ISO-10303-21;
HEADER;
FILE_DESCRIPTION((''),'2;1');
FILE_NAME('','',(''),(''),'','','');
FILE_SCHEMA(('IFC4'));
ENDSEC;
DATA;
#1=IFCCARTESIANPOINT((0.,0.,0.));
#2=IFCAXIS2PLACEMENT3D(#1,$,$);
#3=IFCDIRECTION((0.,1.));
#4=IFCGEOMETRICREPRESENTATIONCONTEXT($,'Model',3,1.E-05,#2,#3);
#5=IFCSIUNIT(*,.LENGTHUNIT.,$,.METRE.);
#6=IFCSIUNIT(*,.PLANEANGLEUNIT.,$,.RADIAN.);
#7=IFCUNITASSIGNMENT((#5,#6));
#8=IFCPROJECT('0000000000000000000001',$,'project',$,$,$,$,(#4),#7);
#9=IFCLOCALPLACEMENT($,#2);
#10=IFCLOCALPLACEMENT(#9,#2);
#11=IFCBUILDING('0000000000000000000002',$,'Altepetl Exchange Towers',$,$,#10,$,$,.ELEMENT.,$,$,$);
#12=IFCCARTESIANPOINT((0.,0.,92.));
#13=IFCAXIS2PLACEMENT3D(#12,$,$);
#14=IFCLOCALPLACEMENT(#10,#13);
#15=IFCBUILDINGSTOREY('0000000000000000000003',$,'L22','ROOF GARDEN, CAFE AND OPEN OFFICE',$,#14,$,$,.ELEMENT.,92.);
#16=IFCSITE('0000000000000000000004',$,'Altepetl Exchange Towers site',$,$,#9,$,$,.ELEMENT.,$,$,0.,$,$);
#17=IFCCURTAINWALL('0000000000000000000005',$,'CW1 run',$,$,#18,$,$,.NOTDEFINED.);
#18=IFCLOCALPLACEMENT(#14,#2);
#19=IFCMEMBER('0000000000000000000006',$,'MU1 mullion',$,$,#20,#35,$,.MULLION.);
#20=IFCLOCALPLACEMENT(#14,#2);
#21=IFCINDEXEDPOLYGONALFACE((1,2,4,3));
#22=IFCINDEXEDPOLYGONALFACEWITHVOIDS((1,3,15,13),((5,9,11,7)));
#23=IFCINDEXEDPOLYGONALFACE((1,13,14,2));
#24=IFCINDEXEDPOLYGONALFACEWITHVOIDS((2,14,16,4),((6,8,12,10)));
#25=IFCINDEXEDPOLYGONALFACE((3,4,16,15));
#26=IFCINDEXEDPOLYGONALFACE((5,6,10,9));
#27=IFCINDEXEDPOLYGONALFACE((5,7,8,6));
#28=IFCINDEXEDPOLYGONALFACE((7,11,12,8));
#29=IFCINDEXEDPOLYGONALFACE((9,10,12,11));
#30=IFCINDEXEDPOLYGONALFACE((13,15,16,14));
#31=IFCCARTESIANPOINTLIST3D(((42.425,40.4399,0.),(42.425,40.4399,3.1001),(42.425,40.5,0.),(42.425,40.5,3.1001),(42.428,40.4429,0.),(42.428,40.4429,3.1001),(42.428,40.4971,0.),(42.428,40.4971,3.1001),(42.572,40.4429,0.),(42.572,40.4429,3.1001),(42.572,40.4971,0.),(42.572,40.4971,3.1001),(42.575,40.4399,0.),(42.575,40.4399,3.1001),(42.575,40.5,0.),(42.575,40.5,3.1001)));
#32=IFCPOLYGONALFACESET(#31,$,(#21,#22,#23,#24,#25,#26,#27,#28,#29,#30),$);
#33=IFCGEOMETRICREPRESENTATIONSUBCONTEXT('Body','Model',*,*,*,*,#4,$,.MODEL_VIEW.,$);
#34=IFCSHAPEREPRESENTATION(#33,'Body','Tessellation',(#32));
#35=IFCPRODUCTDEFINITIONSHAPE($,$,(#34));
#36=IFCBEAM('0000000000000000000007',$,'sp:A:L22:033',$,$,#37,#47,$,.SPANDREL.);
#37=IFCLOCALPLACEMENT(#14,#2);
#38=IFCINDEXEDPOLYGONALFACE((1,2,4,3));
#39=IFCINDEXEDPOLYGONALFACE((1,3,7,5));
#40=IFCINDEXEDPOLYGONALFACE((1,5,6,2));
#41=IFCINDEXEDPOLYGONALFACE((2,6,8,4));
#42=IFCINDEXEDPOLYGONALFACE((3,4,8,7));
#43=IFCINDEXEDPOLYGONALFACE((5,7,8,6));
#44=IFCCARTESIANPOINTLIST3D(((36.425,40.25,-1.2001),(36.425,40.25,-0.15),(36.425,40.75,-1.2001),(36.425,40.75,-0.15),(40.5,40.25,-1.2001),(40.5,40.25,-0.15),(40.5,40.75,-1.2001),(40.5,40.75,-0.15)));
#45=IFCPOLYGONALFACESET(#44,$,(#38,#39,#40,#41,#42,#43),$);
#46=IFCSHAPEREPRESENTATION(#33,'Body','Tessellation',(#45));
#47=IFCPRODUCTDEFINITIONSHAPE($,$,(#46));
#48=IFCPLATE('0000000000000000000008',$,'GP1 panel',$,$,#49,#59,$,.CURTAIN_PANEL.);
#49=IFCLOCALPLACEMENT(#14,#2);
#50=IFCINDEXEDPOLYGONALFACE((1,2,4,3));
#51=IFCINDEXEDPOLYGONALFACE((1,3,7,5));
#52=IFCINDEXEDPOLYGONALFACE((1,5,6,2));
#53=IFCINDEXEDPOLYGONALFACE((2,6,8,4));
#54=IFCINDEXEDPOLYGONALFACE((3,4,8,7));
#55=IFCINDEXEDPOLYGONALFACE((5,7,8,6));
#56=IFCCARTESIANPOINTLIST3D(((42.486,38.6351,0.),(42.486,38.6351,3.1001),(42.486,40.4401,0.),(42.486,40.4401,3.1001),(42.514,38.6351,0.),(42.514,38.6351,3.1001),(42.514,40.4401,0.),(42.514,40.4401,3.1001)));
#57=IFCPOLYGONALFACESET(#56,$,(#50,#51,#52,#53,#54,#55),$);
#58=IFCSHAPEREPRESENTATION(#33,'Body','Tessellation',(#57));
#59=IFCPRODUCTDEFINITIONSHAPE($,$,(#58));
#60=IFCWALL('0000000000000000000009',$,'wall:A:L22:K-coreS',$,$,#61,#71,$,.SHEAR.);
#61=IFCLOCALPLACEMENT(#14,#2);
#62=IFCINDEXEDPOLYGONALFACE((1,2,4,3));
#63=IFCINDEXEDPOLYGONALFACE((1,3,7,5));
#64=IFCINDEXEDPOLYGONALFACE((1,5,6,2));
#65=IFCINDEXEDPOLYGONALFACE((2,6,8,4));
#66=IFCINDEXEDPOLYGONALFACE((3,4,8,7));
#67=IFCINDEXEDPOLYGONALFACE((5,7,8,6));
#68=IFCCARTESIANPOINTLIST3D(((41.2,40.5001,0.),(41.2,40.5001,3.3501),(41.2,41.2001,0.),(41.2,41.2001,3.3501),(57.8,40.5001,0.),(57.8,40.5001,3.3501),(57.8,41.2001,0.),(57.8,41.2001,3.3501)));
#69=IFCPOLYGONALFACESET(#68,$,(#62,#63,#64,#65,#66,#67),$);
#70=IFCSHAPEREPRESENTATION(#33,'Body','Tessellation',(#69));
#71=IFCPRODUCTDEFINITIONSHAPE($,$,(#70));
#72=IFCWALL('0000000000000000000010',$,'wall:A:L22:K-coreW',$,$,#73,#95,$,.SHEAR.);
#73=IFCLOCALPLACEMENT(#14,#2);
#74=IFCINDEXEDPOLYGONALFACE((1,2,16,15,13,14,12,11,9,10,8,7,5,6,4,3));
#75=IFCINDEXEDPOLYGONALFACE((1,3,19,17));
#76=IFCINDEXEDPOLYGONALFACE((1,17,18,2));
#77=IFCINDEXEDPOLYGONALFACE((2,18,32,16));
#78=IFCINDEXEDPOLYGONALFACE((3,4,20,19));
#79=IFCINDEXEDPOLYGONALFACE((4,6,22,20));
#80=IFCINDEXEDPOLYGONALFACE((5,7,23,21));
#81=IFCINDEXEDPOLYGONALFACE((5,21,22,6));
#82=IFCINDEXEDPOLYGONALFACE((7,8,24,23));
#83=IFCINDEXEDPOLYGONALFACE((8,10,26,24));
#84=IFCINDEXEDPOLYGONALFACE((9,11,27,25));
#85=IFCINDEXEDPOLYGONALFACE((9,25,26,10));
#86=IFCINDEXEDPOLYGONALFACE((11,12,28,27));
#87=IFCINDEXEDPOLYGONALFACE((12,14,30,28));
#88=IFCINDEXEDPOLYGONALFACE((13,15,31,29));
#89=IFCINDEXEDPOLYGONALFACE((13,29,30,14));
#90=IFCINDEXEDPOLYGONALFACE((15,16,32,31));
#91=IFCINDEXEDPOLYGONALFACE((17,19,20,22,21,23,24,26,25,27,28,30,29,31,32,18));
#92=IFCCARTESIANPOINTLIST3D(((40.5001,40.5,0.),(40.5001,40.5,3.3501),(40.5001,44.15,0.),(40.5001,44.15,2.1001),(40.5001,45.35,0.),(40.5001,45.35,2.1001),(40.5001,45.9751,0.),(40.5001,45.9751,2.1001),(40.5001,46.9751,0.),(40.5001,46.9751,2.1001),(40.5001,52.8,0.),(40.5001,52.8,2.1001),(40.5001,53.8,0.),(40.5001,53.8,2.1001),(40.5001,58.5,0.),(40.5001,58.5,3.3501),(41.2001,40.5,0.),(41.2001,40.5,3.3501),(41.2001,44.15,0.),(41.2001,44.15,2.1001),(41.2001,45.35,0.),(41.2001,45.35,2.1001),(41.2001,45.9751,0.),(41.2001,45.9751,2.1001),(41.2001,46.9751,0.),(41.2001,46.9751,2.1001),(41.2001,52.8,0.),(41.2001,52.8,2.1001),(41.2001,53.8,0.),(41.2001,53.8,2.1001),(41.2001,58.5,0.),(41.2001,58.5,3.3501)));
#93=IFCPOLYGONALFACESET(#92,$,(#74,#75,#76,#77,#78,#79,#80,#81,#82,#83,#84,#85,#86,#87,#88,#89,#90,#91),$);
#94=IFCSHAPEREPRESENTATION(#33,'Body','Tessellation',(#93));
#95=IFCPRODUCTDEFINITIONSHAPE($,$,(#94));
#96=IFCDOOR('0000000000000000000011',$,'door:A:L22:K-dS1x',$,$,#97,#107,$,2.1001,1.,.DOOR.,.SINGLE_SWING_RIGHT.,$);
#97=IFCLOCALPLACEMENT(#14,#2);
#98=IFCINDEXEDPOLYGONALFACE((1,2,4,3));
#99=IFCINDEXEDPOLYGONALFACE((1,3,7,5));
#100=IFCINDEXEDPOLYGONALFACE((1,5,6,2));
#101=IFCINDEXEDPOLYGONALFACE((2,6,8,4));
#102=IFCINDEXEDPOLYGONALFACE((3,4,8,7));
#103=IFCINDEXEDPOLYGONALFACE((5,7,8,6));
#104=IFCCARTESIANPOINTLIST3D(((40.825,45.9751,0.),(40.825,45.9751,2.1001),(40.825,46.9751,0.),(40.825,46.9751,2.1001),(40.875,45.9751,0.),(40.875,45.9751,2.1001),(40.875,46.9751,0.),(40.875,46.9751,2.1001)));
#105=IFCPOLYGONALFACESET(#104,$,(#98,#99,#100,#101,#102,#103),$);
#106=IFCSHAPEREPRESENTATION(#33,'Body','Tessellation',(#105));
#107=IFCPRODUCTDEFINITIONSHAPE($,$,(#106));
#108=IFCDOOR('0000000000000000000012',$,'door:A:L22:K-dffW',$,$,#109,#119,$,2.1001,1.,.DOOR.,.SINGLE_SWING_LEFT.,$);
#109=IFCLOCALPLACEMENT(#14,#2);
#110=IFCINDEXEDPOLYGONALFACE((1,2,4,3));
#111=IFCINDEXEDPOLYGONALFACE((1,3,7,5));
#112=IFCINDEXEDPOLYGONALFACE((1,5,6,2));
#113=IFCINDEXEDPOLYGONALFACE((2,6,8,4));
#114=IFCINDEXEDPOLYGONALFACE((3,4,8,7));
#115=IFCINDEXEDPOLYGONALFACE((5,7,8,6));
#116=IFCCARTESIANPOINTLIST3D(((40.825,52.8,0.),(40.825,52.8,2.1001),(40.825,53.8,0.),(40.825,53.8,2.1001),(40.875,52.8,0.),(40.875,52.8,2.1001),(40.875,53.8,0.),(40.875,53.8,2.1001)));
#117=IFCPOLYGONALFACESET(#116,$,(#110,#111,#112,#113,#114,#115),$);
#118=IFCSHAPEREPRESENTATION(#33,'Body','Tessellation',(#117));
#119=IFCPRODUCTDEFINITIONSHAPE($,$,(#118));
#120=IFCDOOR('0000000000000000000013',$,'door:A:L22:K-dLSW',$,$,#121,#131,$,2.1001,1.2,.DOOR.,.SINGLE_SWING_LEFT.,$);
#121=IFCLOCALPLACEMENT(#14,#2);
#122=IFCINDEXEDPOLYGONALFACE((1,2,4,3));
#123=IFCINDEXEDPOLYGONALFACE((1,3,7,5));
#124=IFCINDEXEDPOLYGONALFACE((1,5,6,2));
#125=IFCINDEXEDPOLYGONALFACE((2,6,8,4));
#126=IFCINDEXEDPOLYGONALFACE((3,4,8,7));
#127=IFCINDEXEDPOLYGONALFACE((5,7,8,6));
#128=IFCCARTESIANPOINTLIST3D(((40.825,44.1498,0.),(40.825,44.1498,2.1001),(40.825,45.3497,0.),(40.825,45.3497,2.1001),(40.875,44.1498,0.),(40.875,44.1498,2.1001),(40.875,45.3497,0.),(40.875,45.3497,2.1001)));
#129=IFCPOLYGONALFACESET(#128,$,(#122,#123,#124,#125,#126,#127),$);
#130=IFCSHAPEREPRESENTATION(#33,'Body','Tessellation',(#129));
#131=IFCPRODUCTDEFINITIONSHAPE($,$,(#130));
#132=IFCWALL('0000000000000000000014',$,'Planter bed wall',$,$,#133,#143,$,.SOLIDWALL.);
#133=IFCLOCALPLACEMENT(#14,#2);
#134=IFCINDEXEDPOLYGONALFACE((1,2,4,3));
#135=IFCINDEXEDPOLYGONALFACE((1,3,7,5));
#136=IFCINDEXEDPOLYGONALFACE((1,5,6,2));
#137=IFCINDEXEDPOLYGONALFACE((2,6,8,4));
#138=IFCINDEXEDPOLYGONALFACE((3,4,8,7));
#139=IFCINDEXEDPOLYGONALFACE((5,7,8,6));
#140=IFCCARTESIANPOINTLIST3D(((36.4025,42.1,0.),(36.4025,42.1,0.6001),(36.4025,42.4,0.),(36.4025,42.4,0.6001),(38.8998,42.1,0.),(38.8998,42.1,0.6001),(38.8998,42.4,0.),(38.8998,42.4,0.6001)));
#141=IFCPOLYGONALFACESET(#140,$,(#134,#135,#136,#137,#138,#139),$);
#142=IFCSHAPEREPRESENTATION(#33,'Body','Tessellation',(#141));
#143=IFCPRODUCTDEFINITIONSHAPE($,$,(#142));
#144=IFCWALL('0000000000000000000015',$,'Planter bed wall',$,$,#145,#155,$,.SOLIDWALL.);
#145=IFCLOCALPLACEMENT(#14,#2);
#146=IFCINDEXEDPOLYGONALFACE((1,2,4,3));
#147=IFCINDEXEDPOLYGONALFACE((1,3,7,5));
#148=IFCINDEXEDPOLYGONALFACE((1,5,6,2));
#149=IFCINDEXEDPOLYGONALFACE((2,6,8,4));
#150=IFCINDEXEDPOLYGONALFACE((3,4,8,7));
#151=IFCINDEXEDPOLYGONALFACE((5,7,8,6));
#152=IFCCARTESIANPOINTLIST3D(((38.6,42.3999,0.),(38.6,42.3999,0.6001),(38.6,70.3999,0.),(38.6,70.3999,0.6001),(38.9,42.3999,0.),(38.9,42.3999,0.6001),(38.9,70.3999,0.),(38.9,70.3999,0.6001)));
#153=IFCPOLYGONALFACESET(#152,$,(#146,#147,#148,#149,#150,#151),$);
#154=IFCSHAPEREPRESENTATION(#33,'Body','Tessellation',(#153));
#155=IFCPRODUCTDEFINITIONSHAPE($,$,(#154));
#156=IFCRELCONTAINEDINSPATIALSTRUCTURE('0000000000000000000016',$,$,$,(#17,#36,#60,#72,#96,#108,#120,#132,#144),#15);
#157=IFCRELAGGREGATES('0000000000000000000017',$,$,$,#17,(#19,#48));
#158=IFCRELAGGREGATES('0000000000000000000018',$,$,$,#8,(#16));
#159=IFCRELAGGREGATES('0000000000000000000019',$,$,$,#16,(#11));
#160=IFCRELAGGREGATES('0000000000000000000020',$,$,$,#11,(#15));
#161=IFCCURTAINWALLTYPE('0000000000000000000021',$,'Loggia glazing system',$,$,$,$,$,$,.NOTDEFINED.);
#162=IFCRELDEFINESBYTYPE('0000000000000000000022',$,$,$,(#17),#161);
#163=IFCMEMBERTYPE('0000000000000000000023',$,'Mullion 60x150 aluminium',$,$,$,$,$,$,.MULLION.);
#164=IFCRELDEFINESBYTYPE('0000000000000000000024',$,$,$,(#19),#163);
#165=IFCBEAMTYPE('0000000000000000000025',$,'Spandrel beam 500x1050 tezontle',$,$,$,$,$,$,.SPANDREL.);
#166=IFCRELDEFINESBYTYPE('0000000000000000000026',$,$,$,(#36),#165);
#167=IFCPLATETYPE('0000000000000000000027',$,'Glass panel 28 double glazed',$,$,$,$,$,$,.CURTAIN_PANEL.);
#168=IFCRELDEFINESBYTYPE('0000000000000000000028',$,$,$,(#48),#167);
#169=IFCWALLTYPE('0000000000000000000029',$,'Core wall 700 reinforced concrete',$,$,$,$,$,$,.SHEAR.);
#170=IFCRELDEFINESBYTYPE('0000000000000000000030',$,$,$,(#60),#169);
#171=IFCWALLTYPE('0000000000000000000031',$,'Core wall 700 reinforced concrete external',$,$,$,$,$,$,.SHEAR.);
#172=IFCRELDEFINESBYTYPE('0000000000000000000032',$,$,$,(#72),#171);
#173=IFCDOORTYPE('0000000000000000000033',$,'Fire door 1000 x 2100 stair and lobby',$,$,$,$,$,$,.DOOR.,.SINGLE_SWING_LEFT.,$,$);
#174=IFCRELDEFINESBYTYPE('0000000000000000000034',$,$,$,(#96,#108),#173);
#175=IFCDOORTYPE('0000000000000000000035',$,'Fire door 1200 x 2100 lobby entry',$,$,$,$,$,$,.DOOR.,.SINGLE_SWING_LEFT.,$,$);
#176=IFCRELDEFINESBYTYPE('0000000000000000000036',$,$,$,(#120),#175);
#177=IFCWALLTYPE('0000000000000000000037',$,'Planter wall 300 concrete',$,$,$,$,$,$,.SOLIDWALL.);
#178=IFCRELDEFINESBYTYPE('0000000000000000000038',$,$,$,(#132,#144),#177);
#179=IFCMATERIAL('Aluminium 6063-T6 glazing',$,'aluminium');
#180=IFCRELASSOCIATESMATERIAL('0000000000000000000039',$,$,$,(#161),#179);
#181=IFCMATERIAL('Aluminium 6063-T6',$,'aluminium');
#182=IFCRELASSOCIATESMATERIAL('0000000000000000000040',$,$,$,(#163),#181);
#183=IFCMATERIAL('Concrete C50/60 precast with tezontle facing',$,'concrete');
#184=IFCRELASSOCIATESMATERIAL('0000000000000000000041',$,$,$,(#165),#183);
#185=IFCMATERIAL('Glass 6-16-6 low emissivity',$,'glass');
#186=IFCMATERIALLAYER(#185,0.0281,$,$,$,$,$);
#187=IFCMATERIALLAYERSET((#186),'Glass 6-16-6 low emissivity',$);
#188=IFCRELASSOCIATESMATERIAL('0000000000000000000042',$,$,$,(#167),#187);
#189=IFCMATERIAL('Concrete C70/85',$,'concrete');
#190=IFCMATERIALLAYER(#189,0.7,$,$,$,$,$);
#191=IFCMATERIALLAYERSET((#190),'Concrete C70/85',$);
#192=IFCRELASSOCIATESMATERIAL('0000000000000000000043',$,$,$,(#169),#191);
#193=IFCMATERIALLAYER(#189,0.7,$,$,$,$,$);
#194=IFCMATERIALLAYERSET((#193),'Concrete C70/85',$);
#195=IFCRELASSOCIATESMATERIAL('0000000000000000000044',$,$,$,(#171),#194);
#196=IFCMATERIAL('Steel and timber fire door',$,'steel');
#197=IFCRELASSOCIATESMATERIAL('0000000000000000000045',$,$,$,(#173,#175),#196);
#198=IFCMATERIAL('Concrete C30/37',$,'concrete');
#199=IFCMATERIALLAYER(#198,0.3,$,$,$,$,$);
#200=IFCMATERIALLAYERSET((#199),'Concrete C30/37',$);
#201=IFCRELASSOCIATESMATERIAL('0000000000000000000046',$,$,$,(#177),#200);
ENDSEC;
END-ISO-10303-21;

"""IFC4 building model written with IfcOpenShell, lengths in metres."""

from ifc_helpers import new_model, si_unit, direction, frame, frame_2d, origin, origin_2d, place, context, subcontext, project, spatial, rectangle, hollow_rectangle, extrude, material, layer, layer_set, material_profile, profile_set, type_object, element, fill, aggregate, save


model = new_model("IFC4")

# Units and contexts
model_context = context("Model", 3, precision=1e-05, world=origin(), true_north=direction((0.0, 1.0)))
body_context = subcontext(model_context, "Body", "Model", "MODEL_VIEW")
ifc_project = project(units=[si_unit("LENGTHUNIT", "METRE"), si_unit("PLANEANGLEUNIT", "RADIAN")], contexts=[model_context])

# Site, building, storey
site_placement = place(None, origin())
site = spatial("IfcSite", under=ifc_project, at=site_placement, Name="Altepetl Exchange Towers site", CompositionType="ELEMENT", RefElevation=0.0)
building_placement = place(site_placement, origin())
building = spatial("IfcBuilding", under=site, at=building_placement, Name="Altepetl Exchange Towers", CompositionType="ELEMENT")
storey_placement = place(building_placement, frame((0.0, 0.0, 92.0)))
storey = spatial("IfcBuildingStorey", under=building, at=storey_placement, Name="L22", Description="ROOF GARDEN, CAFE AND OPEN OFFICE", CompositionType="ELEMENT", Elevation=92.0)

# Curtain wall, member
ifc_material_1 = material(Name="Aluminium 6063-T6 glazing", Category="aluminium")
curtain_wall_type = type_object("IfcCurtainWallType", Name="Loggia glazing system", PredefinedType="NOTDEFINED", material=ifc_material_1)
curtain_wall_placement = place(storey_placement, origin())
curtain_wall = element("IfcCurtainWall", 1, at=curtain_wall_placement, inside=storey, type_object=curtain_wall_type, Name="CW1 run", PredefinedType="NOTDEFINED")
ifc_material_2 = material(Name="Aluminium 6063-T6", Category="aluminium")
ifc_material_profile_1 = material_profile(ifc_material_2, hollow_rectangle(XDim=0.0601, YDim=0.1499, WallThickness=0.0029, at=origin_2d()), Name="Mullion 60x150 aluminium")
ifc_profile_set_1 = profile_set([ifc_material_profile_1], Name="Aluminium 6063-T6")
member_type = type_object("IfcMemberType", Name="Mullion 60x150 aluminium", PredefinedType="MULLION", material=ifc_profile_set_1)
member_placement = place(storey_placement, frame((42.5, 40.47, 0.0), z_axis=(0.0, 0.0, 1.0), x_axis=(0.0, -1.0, 0.0)))
member = element("IfcMember", 2, at=member_placement, type_object=member_type, Name="MU1 mullion", PredefinedType="MULLION", context=body_context, shape_type="SweptSolid", body=[
    extrude(hollow_rectangle(XDim=0.0601, YDim=0.1499, WallThickness=0.0029, at=origin_2d()), origin(), (0.0, 0.0, 1.0), 3.1001),
])

# Beam
ifc_material_3 = material(Name="Concrete C50/60 precast with tezontle facing", Category="concrete")
ifc_material_profile_2 = material_profile(ifc_material_3, rectangle(XDim=0.5, YDim=1.05, at=origin_2d()), Name="500 x 1050")
ifc_profile_set_2 = profile_set([ifc_material_profile_2], Name="Concrete C50/60 precast with tezontle facing")
beam_type = type_object("IfcBeamType", Name="Spandrel beam 500x1050 tezontle", PredefinedType="SPANDREL", material=ifc_profile_set_2)
beam_placement = place(storey_placement, frame((40.5, 40.5, -0.675), z_axis=(-1.0, 0.0, 0.0), x_axis=(0.0, -1.0, 0.0)))
element("IfcBeam", 3, at=beam_placement, inside=storey, type_object=beam_type, Name="sp:A:L22:033", PredefinedType="SPANDREL", context=body_context, shape_type="SweptSolid", body=[
    extrude(rectangle(XDim=0.5, YDim=1.05, at=origin_2d()), origin(), (0.0, 0.0, 1.0), 4.075),
])

# Plate
ifc_material_4 = material(Name="Glass 6-16-6 low emissivity", Category="glass")
ifc_layer_1 = layer(ifc_material_4, 0.0281)
ifc_layer_set_1 = layer_set([ifc_layer_1], Name="Glass 6-16-6 low emissivity")
plate_type = type_object("IfcPlateType", Name="Glass panel 28 double glazed", PredefinedType="CURTAIN_PANEL", material=ifc_layer_set_1)
plate_placement = place(storey_placement, frame((42.5, 39.5376, 0.0), z_axis=(0.0, 0.0, 1.0), x_axis=(0.0, -1.0, 0.0)))
plate = element("IfcPlate", 4, at=plate_placement, type_object=plate_type, Name="GP1 panel", PredefinedType="CURTAIN_PANEL", context=body_context, shape_type="SweptSolid", body=[
    extrude(rectangle(XDim=1.8049, YDim=0.0281, at=origin_2d()), origin(), (0.0, 0.0, 1.0), 3.1001),
])
aggregate(curtain_wall, [member, plate])

# Wall
ifc_material_5 = material(Name="Concrete C70/85", Category="concrete")
ifc_layer_2 = layer(ifc_material_5, 0.7)
ifc_layer_set_2 = layer_set([ifc_layer_2], Name="Concrete C70/85")
wall_type_1 = type_object("IfcWallType", Name="Core wall 700 reinforced concrete", PredefinedType="SHEAR", material=ifc_layer_set_2)
wall_1_placement = place(storey_placement, frame((41.2, 40.8501, 0.0)))
element("IfcWall", 5, at=wall_1_placement, inside=storey, type_object=wall_type_1, Name="wall:A:L22:K-coreS", PredefinedType="SHEAR", context=body_context, shape_type="SweptSolid", body=[
    extrude(rectangle(XDim=16.6001, YDim=0.7, at=frame_2d((8.3, 0.0))), origin(), (0.0, 0.0, 1.0), 3.3501),
])

# Wall, openings, doors
ifc_layer_3 = layer(ifc_material_5, 0.7)
ifc_layer_set_3 = layer_set([ifc_layer_3], Name="Concrete C70/85")
wall_type_2 = type_object("IfcWallType", Name="Core wall 700 reinforced concrete external", PredefinedType="SHEAR", material=ifc_layer_set_3)
wall_2_placement = place(storey_placement, frame((40.8501, 40.5, 0.0), z_axis=(0.0, 0.0, 1.0), x_axis=(0.0, 1.0, 0.0)))
wall_2 = element("IfcWall", 6, at=wall_2_placement, inside=storey, type_object=wall_type_2, Name="wall:A:L22:K-coreW", PredefinedType="SHEAR", context=body_context, shape_type="SweptSolid", body=[
    extrude(rectangle(XDim=18.0, YDim=0.7, at=frame_2d((9.0, 0.0))), origin(), (0.0, 0.0, 1.0), 3.3501),
])
opening_1_placement = place(wall_2_placement, frame((3.6499, 0.0, 0.0)))
opening_1 = element("IfcOpeningElement", 7, at=opening_1_placement, cuts=wall_2, PredefinedType="OPENING", context=body_context, shape_type="SweptSolid", body=[
    extrude(rectangle(XDim=1.2, YDim=2.1001, at=frame_2d((0.6001, 1.05))), frame((0.0, 0.3599, 0.0), z_axis=(0.0, -1.0, 0.0), x_axis=(1.0, 0.0, 0.0)), (0.0, 0.0, 1.0), 0.72),
])
opening_2_placement = place(wall_2_placement, frame((5.4751, 0.0, 0.0)))
opening_2 = element("IfcOpeningElement", 8, at=opening_2_placement, cuts=wall_2, PredefinedType="OPENING", context=body_context, shape_type="SweptSolid", body=[
    extrude(rectangle(XDim=1.0, YDim=2.1001, at=frame_2d((0.5, 1.05))), frame((0.0, 0.3599, 0.0), z_axis=(0.0, -1.0, 0.0), x_axis=(1.0, 0.0, 0.0)), (0.0, 0.0, 1.0), 0.72),
])
opening_3_placement = place(wall_2_placement, frame((12.3, 0.0, 0.0)))
opening_3 = element("IfcOpeningElement", 9, at=opening_3_placement, cuts=wall_2, PredefinedType="OPENING", context=body_context, shape_type="SweptSolid", body=[
    extrude(rectangle(XDim=1.0, YDim=2.1001, at=frame_2d((0.5, 1.05))), frame((0.0, 0.3599, 0.0), z_axis=(0.0, -1.0, 0.0), x_axis=(1.0, 0.0, 0.0)), (0.0, 0.0, 1.0), 0.72),
])
ifc_material_6 = material(Name="Steel and timber fire door", Category="steel")
door_type_1 = type_object("IfcDoorType", Name="Fire door 1000 x 2100 stair and lobby", OperationType="SINGLE_SWING_LEFT", PredefinedType="DOOR", material=ifc_material_6)
door_1_placement = place(opening_2_placement, frame((1.0, 0.0, 0.0), x_axis=(-1.0, 0.0, 0.0)))
door_1 = element("IfcDoor", 10, at=door_1_placement, inside=storey, type_object=door_type_1, Name="door:A:L22:K-dS1x", OperationType="SINGLE_SWING_RIGHT", OverallHeight=2.1001, OverallWidth=1.0, PredefinedType="DOOR", context=body_context, shape_type="SweptSolid", body=[
    extrude(rectangle(XDim=1.0, YDim=2.1001, at=frame_2d((0.5, 1.05))), frame((0.0, 0.0249, 0.0), z_axis=(0.0, -1.0, 0.0), x_axis=(1.0, 0.0, 0.0)), (0.0, 0.0, 1.0), 0.05),
])
fill(opening_2, door_1)
door_2_placement = place(opening_3_placement, frame((1.0, 0.0, 0.0), x_axis=(-1.0, 0.0, 0.0)))
door_2 = element("IfcDoor", 11, at=door_2_placement, inside=storey, type_object=door_type_1, Name="door:A:L22:K-dffW", OperationType="SINGLE_SWING_LEFT", OverallHeight=2.1001, OverallWidth=1.0, PredefinedType="DOOR", context=body_context, shape_type="SweptSolid", body=[
    extrude(rectangle(XDim=1.0, YDim=2.1001, at=frame_2d((0.5, 1.05))), frame((0.0, 0.0249, 0.0), z_axis=(0.0, -1.0, 0.0), x_axis=(1.0, 0.0, 0.0)), (0.0, 0.0, 1.0), 0.05),
])
fill(opening_3, door_2)
door_type_2 = type_object("IfcDoorType", Name="Fire door 1200 x 2100 lobby entry", OperationType="SINGLE_SWING_LEFT", PredefinedType="DOOR", material=ifc_material_6)
door_3_placement = place(opening_1_placement, frame((1.2, 0.0, 0.0), x_axis=(-1.0, 0.0, 0.0)))
door_3 = element("IfcDoor", 12, at=door_3_placement, inside=storey, type_object=door_type_2, Name="door:A:L22:K-dLSW", OperationType="SINGLE_SWING_LEFT", OverallHeight=2.1001, OverallWidth=1.2, PredefinedType="DOOR", context=body_context, shape_type="SweptSolid", body=[
    extrude(rectangle(XDim=1.2, YDim=2.1001, at=frame_2d((0.6001, 1.05))), frame((0.0, 0.0249, 0.0), z_axis=(0.0, -1.0, 0.0), x_axis=(1.0, 0.0, 0.0)), (0.0, 0.0, 1.0), 0.05),
])
fill(opening_1, door_3)

# Walls
ifc_material_7 = material(Name="Concrete C30/37", Category="concrete")
ifc_layer_4 = layer(ifc_material_7, 0.3)
ifc_layer_set_4 = layer_set([ifc_layer_4], Name="Concrete C30/37")
wall_type_3 = type_object("IfcWallType", Name="Planter wall 300 concrete", PredefinedType="SOLIDWALL", material=ifc_layer_set_4)
wall_3_placement = place(storey_placement, frame((36.4026, 42.25, 0.0)))
element("IfcWall", 13, at=wall_3_placement, inside=storey, type_object=wall_type_3, Name="Planter bed wall", PredefinedType="SOLIDWALL", context=body_context, shape_type="SweptSolid", body=[
    extrude(rectangle(XDim=2.4973, YDim=0.3, at=frame_2d((1.2485, 0.0))), origin(), (0.0, 0.0, 1.0), 0.6001),
])
wall_4_placement = place(storey_placement, frame((38.75, 42.3999, 0.0), z_axis=(0.0, 0.0, 1.0), x_axis=(0.0, 1.0, 0.0)))
element("IfcWall", 14, at=wall_4_placement, inside=storey, type_object=wall_type_3, Name="Planter bed wall", PredefinedType="SOLIDWALL", context=body_context, shape_type="SweptSolid", body=[
    extrude(rectangle(XDim=28.0, YDim=0.3, at=frame_2d((14.0, 0.0))), origin(), (0.0, 0.0, 1.0), 0.6001),
])

save(model, "model.ifc")
